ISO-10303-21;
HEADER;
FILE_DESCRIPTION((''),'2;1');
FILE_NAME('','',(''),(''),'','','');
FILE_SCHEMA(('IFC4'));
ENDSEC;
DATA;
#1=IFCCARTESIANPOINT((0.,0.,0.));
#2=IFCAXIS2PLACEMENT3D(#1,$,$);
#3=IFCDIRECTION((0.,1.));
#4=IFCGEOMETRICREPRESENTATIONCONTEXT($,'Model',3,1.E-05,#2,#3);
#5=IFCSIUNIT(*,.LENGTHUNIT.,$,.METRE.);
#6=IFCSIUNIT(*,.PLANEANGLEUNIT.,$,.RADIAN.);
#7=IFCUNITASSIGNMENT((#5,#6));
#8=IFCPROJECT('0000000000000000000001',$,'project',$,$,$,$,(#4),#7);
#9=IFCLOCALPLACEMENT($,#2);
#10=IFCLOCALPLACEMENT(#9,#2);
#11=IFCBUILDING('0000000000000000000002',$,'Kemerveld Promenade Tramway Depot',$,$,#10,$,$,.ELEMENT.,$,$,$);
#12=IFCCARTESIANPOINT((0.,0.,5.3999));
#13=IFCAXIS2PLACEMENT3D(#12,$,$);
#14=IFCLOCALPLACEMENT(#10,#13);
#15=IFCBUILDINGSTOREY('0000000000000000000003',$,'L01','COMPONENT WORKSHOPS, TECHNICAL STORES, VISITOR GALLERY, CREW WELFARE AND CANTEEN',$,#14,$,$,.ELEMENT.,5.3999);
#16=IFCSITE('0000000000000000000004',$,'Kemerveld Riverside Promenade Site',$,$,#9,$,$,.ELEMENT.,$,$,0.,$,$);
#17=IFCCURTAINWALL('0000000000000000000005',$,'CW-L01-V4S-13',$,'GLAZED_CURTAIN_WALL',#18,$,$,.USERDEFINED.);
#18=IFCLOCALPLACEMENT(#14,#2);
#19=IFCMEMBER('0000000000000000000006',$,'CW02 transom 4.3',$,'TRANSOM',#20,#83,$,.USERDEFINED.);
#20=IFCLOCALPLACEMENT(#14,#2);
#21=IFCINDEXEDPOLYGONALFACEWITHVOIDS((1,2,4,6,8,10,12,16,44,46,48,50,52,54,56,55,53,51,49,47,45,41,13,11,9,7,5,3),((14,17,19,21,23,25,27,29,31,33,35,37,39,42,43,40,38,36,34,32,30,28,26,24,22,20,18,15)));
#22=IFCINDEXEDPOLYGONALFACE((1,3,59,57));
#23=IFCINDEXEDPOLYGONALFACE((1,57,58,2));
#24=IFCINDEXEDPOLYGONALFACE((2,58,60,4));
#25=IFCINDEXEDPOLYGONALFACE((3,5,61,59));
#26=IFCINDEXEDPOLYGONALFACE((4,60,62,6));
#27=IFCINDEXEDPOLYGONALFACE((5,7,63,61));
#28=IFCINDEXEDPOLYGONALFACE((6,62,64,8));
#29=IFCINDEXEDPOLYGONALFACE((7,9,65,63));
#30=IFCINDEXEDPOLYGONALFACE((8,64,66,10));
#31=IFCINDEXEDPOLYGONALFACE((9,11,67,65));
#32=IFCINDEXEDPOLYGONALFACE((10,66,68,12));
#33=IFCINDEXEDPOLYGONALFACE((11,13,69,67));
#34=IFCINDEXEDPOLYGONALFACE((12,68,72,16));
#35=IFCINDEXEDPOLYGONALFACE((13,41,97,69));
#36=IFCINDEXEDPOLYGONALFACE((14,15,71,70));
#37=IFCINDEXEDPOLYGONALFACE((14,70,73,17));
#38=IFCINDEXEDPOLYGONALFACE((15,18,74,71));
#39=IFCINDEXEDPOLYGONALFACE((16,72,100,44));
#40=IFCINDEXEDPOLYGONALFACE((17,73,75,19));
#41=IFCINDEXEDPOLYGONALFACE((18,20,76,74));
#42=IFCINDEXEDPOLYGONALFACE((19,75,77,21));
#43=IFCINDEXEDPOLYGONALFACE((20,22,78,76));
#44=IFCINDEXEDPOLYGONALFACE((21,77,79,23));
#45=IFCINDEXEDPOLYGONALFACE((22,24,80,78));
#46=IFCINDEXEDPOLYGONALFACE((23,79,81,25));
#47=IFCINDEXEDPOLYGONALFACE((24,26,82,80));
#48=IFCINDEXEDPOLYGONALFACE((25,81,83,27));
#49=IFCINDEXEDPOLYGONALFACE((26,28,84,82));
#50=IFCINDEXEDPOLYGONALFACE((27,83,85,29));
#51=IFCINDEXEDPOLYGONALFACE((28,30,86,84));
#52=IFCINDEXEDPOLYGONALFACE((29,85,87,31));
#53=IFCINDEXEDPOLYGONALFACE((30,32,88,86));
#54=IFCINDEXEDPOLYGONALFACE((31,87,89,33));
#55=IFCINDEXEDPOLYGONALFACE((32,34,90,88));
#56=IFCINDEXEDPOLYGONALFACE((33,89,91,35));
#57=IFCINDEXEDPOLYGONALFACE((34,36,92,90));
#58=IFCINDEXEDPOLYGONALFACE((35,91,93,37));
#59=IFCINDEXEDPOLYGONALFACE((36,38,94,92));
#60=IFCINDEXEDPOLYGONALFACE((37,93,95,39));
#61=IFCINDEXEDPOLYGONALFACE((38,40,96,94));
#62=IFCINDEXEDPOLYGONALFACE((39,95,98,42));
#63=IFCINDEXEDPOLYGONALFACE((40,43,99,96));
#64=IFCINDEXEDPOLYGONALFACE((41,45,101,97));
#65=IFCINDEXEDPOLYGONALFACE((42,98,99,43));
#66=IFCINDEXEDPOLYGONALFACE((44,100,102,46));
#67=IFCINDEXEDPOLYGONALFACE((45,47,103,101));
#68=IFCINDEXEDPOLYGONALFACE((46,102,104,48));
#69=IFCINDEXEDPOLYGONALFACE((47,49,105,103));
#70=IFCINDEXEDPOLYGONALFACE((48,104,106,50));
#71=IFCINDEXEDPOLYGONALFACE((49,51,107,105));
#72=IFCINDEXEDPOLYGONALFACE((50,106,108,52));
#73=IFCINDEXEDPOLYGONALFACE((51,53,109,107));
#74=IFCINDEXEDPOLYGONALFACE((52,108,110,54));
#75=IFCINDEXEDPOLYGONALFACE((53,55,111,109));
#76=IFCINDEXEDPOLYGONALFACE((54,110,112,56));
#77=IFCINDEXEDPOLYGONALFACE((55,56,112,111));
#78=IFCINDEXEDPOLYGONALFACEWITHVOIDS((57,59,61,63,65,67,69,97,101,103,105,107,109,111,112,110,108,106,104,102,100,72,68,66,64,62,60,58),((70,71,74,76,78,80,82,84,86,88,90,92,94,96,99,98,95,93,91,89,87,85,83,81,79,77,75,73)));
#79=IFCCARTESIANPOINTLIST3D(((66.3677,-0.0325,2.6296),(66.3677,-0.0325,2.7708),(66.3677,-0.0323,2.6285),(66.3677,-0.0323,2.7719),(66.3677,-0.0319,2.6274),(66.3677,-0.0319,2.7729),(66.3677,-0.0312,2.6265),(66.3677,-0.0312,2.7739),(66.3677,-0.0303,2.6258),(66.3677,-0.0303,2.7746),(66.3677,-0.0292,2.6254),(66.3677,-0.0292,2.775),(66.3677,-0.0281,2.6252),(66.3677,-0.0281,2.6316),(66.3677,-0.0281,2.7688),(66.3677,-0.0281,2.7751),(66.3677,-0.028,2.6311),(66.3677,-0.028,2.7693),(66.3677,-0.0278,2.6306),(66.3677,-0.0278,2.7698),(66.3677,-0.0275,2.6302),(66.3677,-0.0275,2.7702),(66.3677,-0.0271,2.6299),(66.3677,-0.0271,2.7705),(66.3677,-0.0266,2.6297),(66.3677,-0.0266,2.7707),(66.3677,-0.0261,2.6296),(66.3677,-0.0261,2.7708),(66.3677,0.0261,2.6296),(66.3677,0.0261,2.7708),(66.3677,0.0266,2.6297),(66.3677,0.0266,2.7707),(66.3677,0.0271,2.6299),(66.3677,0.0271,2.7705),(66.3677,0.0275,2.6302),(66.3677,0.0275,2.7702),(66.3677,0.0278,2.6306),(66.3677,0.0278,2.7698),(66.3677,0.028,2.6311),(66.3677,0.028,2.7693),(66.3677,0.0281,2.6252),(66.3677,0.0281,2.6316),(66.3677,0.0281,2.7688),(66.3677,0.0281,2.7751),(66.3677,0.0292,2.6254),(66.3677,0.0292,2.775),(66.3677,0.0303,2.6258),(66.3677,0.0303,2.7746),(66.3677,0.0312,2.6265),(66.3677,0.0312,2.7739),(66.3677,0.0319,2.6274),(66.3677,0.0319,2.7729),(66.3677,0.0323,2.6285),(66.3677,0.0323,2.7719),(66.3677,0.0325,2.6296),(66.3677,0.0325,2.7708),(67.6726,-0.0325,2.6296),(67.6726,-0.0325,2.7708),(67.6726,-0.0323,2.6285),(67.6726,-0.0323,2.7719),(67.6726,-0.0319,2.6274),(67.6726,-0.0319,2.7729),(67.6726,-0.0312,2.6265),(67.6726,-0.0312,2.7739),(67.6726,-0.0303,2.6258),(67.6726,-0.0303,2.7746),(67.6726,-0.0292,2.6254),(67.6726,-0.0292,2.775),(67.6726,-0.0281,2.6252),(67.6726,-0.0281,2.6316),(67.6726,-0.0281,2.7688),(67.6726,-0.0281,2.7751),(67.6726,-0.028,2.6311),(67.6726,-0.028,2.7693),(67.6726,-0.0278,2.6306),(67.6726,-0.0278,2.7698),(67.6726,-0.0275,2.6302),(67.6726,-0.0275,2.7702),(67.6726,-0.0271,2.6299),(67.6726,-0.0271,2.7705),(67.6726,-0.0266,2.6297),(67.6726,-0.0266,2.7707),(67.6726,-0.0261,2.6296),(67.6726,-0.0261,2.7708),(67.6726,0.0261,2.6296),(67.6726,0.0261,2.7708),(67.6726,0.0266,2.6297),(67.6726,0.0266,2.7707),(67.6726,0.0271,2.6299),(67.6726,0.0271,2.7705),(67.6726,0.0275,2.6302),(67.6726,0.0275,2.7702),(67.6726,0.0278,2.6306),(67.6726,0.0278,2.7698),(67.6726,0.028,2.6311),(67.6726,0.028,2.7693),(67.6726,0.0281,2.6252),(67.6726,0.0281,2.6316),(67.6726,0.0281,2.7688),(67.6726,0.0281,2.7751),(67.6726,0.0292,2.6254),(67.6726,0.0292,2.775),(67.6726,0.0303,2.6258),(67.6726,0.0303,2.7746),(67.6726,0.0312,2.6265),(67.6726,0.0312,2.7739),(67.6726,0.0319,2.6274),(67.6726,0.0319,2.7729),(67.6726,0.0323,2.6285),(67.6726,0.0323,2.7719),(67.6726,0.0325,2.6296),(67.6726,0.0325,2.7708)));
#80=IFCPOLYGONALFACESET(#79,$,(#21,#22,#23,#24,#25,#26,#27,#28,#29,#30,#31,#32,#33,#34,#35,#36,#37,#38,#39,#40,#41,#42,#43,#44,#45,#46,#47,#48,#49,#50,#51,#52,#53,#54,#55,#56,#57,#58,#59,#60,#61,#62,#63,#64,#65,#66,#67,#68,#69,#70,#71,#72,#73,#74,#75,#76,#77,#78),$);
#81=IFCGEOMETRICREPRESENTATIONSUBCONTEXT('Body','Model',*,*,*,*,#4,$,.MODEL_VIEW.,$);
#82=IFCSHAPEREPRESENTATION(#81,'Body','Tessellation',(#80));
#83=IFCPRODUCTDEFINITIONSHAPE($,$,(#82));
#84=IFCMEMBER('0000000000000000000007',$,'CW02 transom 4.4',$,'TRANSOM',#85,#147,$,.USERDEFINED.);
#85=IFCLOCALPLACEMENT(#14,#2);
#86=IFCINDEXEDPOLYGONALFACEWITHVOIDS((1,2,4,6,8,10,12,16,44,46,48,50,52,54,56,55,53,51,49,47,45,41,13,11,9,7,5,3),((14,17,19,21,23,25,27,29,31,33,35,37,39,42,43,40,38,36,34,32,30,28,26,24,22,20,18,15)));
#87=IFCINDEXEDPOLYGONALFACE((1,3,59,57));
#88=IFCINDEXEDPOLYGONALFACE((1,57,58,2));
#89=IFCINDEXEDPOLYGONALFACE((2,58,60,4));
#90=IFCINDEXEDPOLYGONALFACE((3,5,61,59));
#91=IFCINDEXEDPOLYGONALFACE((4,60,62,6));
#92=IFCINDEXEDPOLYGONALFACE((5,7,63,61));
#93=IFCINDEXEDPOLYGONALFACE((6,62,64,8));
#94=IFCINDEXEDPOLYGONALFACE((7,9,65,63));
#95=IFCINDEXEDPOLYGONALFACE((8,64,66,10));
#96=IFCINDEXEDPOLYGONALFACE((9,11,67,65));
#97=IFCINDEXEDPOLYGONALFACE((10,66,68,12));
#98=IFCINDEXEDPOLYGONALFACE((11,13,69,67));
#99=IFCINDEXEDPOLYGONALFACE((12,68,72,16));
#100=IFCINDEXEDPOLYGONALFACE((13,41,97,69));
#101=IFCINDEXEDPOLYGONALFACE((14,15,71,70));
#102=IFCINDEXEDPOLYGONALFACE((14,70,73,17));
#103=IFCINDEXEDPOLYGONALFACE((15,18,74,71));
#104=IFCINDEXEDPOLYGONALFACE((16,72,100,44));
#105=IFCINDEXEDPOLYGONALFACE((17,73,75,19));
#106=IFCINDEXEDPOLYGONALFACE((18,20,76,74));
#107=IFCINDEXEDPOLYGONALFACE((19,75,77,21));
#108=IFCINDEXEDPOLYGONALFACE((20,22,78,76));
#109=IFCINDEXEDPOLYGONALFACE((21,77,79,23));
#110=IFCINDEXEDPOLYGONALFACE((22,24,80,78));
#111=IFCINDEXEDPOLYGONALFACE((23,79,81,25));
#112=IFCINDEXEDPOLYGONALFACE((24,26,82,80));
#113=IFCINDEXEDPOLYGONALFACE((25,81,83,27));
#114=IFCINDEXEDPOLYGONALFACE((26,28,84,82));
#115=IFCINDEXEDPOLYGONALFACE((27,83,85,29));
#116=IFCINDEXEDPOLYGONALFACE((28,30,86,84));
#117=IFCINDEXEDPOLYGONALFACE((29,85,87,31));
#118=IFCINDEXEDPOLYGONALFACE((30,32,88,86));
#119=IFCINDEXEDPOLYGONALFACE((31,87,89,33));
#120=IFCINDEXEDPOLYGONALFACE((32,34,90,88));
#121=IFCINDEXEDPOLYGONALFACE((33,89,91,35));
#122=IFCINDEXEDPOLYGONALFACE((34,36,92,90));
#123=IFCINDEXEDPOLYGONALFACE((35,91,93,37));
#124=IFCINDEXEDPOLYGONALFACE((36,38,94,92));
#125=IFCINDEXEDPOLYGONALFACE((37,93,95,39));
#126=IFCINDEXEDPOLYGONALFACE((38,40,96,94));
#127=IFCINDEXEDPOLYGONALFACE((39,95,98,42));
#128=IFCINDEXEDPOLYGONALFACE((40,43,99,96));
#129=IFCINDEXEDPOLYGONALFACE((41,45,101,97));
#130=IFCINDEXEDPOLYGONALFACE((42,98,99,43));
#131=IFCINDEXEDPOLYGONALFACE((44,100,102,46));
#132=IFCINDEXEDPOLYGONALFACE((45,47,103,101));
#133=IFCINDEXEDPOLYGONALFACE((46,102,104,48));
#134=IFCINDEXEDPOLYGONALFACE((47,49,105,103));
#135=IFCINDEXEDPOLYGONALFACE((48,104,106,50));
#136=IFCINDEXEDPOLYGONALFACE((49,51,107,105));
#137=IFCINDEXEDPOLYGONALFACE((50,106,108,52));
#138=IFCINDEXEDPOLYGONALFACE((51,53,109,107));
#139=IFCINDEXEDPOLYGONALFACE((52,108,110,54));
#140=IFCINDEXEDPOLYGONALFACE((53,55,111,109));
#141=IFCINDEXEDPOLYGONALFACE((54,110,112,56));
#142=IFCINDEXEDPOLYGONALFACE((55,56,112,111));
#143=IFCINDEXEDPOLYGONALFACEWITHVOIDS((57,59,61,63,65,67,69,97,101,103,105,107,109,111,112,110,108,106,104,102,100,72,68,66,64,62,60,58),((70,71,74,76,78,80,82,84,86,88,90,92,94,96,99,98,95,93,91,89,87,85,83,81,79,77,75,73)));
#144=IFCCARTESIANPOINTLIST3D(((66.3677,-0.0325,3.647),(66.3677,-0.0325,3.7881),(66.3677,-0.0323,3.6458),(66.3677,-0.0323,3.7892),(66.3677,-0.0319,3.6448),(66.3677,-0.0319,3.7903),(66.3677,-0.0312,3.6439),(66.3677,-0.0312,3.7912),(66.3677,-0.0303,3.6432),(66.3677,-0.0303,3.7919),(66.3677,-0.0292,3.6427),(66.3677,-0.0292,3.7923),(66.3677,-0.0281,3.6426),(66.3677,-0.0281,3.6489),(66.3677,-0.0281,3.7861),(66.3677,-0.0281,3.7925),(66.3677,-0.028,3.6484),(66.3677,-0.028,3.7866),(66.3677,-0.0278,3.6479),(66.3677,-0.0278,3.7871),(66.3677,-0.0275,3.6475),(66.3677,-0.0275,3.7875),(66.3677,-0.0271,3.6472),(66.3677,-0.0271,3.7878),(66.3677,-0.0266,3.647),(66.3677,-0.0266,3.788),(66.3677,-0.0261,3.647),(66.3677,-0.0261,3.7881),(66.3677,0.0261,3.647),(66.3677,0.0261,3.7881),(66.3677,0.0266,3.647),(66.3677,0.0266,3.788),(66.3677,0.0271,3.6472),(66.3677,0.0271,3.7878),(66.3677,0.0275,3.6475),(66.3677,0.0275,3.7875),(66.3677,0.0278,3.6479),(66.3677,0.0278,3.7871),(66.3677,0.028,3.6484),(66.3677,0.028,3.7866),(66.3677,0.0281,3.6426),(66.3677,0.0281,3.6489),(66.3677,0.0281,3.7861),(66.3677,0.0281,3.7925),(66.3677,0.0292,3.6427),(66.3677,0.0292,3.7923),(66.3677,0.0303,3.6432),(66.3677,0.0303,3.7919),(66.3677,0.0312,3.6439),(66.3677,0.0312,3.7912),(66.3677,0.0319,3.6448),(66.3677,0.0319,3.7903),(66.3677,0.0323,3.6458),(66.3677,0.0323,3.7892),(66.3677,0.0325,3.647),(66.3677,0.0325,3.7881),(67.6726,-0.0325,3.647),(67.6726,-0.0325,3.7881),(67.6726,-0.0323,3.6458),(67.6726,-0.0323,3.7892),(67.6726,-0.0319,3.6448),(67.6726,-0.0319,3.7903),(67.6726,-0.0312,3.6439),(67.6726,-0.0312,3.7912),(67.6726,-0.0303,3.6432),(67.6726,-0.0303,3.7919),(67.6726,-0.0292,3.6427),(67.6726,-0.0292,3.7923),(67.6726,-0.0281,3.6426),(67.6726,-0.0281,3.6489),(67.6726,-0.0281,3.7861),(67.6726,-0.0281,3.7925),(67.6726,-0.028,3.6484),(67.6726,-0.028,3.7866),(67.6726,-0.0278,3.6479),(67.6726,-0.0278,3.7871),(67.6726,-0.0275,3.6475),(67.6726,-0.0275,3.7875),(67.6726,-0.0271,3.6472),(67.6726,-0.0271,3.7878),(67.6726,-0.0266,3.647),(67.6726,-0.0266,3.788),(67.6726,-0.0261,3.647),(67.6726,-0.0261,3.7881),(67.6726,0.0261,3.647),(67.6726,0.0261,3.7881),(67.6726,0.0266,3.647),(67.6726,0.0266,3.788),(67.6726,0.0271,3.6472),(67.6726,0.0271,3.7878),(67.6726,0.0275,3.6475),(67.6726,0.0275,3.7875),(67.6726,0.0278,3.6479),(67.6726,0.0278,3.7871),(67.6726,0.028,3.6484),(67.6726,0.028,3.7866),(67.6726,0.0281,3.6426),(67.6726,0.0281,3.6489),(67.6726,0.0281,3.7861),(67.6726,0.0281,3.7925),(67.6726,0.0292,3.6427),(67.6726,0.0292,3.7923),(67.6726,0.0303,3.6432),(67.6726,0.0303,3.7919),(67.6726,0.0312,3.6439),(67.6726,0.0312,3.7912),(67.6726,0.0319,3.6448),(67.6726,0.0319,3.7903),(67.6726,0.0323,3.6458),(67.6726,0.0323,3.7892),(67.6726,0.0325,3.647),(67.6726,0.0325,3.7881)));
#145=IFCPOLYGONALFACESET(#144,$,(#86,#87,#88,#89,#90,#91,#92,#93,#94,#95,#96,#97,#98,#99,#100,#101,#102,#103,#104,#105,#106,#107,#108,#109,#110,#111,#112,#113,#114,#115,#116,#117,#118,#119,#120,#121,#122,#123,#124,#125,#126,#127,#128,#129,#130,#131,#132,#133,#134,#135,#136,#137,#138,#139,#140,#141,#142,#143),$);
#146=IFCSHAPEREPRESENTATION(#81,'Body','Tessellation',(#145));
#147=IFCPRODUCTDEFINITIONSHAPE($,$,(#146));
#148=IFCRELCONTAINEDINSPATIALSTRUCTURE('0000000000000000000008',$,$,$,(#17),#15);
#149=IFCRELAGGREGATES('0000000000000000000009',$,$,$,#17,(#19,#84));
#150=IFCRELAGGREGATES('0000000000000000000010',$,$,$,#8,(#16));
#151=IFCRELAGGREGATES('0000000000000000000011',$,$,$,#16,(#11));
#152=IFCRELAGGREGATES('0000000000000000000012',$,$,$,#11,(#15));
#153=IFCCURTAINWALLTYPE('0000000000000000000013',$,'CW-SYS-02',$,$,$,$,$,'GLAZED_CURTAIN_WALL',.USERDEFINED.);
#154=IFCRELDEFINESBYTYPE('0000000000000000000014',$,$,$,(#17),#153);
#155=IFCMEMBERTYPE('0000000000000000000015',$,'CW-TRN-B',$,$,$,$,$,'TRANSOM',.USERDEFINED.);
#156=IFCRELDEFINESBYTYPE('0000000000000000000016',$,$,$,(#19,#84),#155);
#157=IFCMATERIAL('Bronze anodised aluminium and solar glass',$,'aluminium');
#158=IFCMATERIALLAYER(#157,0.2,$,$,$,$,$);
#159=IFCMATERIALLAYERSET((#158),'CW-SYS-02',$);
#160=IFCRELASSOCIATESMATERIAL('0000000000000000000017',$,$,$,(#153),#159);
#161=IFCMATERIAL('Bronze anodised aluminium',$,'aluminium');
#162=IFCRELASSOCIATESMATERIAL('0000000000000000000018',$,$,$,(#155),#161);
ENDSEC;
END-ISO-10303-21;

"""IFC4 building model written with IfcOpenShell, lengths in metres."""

from ifc_helpers import new_model, si_unit, direction, frame, origin, origin_2d, place, context, subcontext, project, spatial, hollow_rectangle, extrude, material, layer, layer_set, material_profile, profile_set, type_object, element, aggregate, save


model = new_model("IFC4")

# Units and contexts
model_context = context("Model", 3, precision=1e-05, world=origin(), true_north=direction((0.0, 1.0)))
body_context = subcontext(model_context, "Body", "Model", "MODEL_VIEW")
ifc_project = project(units=[si_unit("LENGTHUNIT", "METRE"), si_unit("PLANEANGLEUNIT", "RADIAN")], contexts=[model_context])

# Site, building, storey
site_placement = place(None, origin())
site = spatial("IfcSite", under=ifc_project, at=site_placement, Name="Kemerveld Riverside Promenade Site", CompositionType="ELEMENT", RefElevation=0.0)
building_placement = place(site_placement, origin())
building = spatial("IfcBuilding", under=site, at=building_placement, Name="Kemerveld Promenade Tramway Depot", CompositionType="ELEMENT")
storey_placement = place(building_placement, frame((0.0, 0.0, 5.3999)))
storey = spatial("IfcBuildingStorey", under=building, at=storey_placement, Name="L01", Description="COMPONENT WORKSHOPS, TECHNICAL STORES, VISITOR GALLERY, CREW WELFARE AND CANTEEN", CompositionType="ELEMENT", Elevation=5.3999)

# Curtain wall, members
ifc_material_1 = material(Name="Bronze anodised aluminium and solar glass", Category="aluminium")
ifc_layer_1 = layer(ifc_material_1, 0.2)
ifc_layer_set_1 = layer_set([ifc_layer_1], Name="CW-SYS-02")
curtain_wall_type = type_object("IfcCurtainWallType", Name="CW-SYS-02", ElementType="GLAZED_CURTAIN_WALL", PredefinedType="USERDEFINED", material=ifc_layer_set_1)
curtain_wall_placement = place(storey_placement, origin())
curtain_wall = element("IfcCurtainWall", 1, at=curtain_wall_placement, inside=storey, type_object=curtain_wall_type, Name="CW-L01-V4S-13", ObjectType="GLAZED_CURTAIN_WALL", PredefinedType="USERDEFINED")
ifc_material_2 = material(Name="Bronze anodised aluminium", Category="aluminium")
ifc_material_profile_1 = material_profile(ifc_material_2, hollow_rectangle(XDim=0.0649, YDim=0.1499, WallThickness=0.0044, InnerFilletRadius=0.002, OuterFilletRadius=0.0044, at=origin_2d()), Name="CW-TRN-150x65")
ifc_profile_set_1 = profile_set([ifc_material_profile_1], Name="Bronze anodised aluminium")
member_type_1 = type_object("IfcMemberType", Name="CW-TRN-B", ElementType="TRANSOM", PredefinedType="USERDEFINED", material=ifc_profile_set_1)
member_1_placement = place(storey_placement, frame((67.6726, 0.0, 2.7002), z_axis=(-1.0, 0.0, 0.0), x_axis=(0.0, -1.0, 0.0)))
member_1 = element("IfcMember", 2, at=member_1_placement, type_object=member_type_1, Name="CW02 transom 4.3", ObjectType="TRANSOM", PredefinedType="USERDEFINED", context=body_context, shape_type="SweptSolid", body=[
    extrude(hollow_rectangle(XDim=0.0649, YDim=0.1499, WallThickness=0.0044, InnerFilletRadius=0.002, OuterFilletRadius=0.0044, at=origin_2d()), origin(), (0.0, 0.0, 1.0), 1.3049),
])
member_2_placement = place(storey_placement, frame((67.6726, 0.0, 3.7175), z_axis=(-1.0, 0.0, 0.0), x_axis=(0.0, -1.0, 0.0)))
member_2 = element("IfcMember", 3, at=member_2_placement, type_object=member_type_1, Name="CW02 transom 4.4", ObjectType="TRANSOM", PredefinedType="USERDEFINED", context=body_context, shape_type="SweptSolid", body=[
    extrude(hollow_rectangle(XDim=0.0649, YDim=0.1499, WallThickness=0.0044, InnerFilletRadius=0.002, OuterFilletRadius=0.0044, at=origin_2d()), origin(), (0.0, 0.0, 1.0), 1.3049),
])
aggregate(curtain_wall, [member_1, member_2])

save(model, "model.ifc")
